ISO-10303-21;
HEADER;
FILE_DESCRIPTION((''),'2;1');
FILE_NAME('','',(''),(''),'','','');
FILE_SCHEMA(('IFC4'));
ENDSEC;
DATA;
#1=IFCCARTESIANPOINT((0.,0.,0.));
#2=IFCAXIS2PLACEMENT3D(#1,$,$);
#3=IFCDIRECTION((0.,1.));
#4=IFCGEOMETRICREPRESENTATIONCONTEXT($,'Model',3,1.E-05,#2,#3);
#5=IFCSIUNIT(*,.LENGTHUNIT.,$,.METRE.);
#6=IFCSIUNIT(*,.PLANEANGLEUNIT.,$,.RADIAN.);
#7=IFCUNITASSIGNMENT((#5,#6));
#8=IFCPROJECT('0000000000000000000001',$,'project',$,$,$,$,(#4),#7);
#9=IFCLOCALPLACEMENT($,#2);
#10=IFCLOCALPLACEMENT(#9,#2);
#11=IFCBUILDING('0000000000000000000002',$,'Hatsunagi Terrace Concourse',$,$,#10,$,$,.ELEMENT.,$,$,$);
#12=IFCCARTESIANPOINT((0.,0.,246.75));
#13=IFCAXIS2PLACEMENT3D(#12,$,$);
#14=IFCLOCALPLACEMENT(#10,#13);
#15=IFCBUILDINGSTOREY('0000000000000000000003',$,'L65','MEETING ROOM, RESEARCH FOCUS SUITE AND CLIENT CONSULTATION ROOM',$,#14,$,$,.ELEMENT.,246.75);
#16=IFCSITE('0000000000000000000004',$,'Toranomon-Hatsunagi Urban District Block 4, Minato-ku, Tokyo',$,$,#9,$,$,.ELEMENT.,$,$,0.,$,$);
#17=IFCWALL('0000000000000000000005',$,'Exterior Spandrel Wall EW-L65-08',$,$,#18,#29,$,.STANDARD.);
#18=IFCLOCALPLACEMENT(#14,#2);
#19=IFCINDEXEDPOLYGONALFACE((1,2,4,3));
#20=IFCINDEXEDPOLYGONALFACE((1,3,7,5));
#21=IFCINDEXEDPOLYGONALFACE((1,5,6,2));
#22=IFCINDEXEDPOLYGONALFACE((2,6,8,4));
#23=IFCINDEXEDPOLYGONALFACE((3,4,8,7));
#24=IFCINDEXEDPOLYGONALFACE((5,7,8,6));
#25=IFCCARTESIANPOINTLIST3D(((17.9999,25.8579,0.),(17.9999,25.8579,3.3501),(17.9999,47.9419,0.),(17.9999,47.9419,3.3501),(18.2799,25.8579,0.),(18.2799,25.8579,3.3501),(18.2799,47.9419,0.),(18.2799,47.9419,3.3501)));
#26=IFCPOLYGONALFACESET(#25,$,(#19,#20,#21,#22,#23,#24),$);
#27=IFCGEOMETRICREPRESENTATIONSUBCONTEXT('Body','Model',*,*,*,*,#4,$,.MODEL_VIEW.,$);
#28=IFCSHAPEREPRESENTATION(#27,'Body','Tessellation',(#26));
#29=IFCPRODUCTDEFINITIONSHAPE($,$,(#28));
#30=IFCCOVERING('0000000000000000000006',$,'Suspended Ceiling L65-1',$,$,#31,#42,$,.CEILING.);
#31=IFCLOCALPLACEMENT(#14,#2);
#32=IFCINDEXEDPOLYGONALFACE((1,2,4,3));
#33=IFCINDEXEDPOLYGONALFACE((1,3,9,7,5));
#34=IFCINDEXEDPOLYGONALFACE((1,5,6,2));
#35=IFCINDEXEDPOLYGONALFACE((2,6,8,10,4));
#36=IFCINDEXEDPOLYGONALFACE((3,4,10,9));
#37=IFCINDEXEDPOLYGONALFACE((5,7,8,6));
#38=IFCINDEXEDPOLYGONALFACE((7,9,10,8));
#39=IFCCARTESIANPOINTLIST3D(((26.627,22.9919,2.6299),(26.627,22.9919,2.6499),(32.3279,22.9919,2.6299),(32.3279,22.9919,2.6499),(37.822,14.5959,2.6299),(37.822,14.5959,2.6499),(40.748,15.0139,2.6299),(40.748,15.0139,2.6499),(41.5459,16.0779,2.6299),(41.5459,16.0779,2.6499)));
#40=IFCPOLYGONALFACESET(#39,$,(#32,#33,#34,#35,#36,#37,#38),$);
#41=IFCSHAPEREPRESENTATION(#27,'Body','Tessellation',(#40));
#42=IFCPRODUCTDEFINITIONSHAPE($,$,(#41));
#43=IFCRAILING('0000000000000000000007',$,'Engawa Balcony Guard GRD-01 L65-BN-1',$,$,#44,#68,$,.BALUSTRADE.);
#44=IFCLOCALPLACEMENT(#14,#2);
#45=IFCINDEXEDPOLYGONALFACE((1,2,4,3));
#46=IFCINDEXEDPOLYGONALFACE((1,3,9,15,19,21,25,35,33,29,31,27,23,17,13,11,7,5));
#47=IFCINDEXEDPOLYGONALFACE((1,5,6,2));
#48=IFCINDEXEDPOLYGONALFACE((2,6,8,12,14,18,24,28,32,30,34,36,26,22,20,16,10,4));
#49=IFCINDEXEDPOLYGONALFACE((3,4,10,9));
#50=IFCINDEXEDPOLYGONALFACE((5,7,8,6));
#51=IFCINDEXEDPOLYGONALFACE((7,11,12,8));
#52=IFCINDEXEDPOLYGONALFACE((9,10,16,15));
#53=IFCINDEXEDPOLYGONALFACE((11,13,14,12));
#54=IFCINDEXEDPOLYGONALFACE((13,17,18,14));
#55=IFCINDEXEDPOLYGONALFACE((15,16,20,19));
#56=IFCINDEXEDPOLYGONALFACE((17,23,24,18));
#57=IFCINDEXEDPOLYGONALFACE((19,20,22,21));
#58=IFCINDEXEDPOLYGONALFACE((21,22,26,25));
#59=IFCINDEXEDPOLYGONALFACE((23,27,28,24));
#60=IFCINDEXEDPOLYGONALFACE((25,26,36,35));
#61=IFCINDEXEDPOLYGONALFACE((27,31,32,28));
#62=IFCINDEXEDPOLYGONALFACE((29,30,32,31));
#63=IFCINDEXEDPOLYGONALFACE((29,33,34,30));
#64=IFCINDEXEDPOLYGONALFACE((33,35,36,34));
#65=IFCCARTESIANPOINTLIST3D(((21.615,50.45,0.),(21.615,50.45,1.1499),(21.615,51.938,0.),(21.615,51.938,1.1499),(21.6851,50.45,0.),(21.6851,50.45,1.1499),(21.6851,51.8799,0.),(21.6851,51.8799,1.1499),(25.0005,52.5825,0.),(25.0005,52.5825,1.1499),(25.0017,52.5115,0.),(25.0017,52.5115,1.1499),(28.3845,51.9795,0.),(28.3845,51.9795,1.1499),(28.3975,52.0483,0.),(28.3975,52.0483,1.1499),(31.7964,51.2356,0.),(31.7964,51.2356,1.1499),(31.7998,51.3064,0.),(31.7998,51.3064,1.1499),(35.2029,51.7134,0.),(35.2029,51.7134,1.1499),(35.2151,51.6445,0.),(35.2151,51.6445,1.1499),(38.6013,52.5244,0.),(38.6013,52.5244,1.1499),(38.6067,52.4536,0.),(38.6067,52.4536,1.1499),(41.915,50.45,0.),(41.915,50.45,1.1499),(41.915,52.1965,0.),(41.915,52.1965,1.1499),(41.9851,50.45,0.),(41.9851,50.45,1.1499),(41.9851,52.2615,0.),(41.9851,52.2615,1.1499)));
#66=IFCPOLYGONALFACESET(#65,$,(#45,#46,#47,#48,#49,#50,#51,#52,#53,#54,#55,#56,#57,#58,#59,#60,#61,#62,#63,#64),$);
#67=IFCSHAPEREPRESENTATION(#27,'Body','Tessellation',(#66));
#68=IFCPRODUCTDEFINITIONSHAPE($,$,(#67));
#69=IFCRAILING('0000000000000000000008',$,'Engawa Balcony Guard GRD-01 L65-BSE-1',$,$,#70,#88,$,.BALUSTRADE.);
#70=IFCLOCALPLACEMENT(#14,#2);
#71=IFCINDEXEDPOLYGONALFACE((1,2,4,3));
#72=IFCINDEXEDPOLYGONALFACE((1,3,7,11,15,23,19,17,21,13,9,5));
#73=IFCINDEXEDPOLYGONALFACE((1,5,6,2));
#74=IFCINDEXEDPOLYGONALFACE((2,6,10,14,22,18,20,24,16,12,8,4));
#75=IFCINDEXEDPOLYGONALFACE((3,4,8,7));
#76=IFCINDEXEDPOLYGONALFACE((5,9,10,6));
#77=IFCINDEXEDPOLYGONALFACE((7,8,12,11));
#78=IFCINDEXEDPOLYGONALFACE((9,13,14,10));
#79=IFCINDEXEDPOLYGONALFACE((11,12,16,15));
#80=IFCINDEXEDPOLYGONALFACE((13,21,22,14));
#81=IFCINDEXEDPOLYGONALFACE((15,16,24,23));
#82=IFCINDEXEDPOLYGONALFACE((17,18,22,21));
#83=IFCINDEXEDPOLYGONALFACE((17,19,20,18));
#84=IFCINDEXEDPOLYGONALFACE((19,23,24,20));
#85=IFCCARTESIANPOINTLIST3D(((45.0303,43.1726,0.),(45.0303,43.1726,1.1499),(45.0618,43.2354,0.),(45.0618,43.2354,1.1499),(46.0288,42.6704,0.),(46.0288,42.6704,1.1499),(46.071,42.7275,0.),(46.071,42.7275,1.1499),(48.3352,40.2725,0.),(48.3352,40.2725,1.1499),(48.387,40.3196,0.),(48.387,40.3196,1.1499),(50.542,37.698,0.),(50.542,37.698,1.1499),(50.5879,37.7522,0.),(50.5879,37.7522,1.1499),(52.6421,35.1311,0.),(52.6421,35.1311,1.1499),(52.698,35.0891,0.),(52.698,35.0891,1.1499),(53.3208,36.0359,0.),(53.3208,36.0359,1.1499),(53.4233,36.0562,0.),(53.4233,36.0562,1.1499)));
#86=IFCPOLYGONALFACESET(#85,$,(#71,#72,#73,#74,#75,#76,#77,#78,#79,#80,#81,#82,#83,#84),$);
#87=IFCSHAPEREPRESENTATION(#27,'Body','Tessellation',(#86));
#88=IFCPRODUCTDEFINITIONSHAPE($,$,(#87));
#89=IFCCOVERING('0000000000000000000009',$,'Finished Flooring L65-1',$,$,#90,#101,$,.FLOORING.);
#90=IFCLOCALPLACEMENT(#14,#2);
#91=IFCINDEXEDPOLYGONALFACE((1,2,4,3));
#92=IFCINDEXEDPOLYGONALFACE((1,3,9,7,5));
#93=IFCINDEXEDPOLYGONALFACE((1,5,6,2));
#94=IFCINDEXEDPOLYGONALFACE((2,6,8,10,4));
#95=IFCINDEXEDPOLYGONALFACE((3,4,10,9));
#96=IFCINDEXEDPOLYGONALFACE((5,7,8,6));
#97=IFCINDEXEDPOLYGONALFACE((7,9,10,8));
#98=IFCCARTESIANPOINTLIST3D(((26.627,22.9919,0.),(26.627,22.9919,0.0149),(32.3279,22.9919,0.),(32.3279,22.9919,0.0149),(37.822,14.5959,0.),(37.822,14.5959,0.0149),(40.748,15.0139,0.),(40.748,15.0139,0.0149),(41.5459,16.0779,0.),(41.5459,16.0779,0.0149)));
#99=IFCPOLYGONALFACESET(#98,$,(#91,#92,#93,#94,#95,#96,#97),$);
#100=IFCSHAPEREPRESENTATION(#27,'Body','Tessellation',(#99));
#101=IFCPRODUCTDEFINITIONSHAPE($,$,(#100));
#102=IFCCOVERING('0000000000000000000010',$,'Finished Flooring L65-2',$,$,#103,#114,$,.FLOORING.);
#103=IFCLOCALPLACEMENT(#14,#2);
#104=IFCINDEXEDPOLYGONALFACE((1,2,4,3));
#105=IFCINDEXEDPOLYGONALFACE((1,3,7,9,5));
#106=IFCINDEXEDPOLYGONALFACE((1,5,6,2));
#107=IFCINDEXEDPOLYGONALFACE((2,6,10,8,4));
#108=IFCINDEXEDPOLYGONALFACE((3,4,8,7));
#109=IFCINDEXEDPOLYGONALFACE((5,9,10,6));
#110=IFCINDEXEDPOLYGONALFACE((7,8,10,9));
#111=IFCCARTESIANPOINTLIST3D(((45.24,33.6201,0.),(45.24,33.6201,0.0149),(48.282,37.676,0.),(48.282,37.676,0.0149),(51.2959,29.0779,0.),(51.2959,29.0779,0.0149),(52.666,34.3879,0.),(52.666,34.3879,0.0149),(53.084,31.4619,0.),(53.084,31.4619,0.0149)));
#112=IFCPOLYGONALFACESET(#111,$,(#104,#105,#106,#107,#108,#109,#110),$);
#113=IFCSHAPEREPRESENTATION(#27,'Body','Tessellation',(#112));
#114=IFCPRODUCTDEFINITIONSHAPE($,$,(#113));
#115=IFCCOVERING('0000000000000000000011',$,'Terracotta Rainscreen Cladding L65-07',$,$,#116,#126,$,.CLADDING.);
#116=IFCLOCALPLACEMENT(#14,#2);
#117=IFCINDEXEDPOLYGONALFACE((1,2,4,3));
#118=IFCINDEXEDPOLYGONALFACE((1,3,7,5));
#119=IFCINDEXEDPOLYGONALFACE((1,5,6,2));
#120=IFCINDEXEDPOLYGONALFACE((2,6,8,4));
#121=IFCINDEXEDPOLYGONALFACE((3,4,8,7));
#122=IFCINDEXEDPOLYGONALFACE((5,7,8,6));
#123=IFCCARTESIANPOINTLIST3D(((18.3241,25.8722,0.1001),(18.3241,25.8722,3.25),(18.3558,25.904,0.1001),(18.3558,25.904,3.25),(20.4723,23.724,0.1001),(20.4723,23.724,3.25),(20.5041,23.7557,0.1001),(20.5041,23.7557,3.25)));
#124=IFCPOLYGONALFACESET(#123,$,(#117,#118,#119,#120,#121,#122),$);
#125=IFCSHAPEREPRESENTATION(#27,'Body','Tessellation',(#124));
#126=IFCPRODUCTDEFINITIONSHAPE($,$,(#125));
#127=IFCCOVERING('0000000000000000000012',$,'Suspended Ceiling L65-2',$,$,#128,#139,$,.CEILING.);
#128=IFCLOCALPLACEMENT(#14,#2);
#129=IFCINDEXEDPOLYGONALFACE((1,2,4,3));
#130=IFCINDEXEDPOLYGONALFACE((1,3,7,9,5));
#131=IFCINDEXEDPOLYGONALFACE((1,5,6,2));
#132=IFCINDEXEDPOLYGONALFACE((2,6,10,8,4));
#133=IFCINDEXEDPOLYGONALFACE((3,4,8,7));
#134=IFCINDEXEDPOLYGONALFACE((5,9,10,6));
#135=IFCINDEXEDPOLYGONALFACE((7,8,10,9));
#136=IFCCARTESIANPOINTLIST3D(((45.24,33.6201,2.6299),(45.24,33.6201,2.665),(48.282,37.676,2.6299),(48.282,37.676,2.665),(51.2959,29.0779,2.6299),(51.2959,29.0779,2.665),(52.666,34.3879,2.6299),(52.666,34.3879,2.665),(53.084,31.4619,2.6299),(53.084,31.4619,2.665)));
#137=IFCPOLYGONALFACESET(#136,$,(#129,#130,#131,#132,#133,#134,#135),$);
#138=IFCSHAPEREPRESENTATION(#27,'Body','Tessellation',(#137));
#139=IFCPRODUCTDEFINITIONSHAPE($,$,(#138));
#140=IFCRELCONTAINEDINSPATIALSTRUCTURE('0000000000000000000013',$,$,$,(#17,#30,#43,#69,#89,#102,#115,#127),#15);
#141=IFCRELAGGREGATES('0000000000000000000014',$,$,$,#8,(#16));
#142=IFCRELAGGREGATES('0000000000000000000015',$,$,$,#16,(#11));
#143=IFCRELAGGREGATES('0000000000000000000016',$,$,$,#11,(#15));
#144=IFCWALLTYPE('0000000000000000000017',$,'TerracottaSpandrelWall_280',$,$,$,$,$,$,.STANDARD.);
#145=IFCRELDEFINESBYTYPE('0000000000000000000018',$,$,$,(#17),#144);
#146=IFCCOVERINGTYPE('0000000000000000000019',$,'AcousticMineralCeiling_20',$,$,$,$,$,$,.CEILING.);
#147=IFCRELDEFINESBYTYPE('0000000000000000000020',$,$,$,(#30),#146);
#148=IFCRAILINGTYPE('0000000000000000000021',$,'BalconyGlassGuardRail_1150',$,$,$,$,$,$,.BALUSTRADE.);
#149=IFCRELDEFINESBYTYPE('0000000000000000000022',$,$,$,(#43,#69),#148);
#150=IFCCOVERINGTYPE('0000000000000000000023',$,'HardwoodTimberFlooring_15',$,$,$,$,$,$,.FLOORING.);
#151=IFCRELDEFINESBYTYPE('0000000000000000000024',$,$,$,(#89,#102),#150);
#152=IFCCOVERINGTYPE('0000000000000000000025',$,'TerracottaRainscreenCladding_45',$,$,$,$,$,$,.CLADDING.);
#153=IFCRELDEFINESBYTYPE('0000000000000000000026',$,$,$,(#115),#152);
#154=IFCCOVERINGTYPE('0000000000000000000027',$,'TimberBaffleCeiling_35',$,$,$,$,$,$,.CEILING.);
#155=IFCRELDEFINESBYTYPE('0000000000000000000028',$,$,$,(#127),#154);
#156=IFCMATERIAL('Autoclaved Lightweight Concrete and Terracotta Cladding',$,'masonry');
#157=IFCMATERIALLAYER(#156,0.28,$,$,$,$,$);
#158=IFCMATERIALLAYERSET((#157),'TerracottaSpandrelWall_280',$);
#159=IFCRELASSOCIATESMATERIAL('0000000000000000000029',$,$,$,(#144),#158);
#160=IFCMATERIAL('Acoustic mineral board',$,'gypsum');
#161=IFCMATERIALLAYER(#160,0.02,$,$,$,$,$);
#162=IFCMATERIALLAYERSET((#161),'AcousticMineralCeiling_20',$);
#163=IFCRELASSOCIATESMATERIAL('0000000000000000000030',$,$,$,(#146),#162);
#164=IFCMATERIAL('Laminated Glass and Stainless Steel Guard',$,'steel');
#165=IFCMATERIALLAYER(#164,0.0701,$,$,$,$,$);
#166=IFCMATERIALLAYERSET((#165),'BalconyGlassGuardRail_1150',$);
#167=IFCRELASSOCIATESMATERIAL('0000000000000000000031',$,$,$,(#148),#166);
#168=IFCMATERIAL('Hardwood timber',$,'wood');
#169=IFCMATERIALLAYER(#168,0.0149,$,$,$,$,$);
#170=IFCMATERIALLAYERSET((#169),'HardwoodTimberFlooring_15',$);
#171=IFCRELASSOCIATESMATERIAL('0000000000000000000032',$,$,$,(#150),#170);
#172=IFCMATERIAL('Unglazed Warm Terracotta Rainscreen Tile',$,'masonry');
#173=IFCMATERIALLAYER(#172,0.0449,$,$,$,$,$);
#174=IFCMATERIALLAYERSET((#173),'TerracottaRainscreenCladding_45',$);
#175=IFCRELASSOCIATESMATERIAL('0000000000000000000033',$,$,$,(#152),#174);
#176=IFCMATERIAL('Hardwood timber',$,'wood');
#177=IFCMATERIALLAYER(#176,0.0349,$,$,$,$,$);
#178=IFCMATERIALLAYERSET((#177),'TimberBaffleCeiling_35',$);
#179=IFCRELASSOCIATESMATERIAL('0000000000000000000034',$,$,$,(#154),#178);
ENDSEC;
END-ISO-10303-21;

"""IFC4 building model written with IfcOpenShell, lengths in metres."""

from ifc_helpers import new_model, si_unit, direction, frame, frame_2d, origin, origin_2d, place, context, subcontext, project, spatial, polyline, rectangle, outline, extrude, material, layer, layer_set, type_object, element, save


model = new_model("IFC4")

# Units and contexts
model_context = context("Model", 3, precision=1e-05, world=origin(), true_north=direction((0.0, 1.0)))
body_context = subcontext(model_context, "Body", "Model", "MODEL_VIEW")
ifc_project = project(units=[si_unit("LENGTHUNIT", "METRE"), si_unit("PLANEANGLEUNIT", "RADIAN")], contexts=[model_context])

# Site, building, storey
site_placement = place(None, origin())
site = spatial("IfcSite", under=ifc_project, at=site_placement, Name="Toranomon-Hatsunagi Urban District Block 4, Minato-ku, Tokyo", CompositionType="ELEMENT", RefElevation=0.0)
building_placement = place(site_placement, origin())
building = spatial("IfcBuilding", under=site, at=building_placement, Name="Hatsunagi Terrace Concourse", CompositionType="ELEMENT")
storey_placement = place(building_placement, frame((0.0, 0.0, 246.75)))
storey = spatial("IfcBuildingStorey", under=building, at=storey_placement, Name="L65", Description="MEETING ROOM, RESEARCH FOCUS SUITE AND CLIENT CONSULTATION ROOM", CompositionType="ELEMENT", Elevation=246.75)

# Wall
ifc_material_1 = material(Name="Autoclaved Lightweight Concrete and Terracotta Cladding", Category="masonry")
ifc_layer_1 = layer(ifc_material_1, 0.28)
ifc_layer_set_1 = layer_set([ifc_layer_1], Name="TerracottaSpandrelWall_280")
wall_type_1 = type_object("IfcWallType", Name="TerracottaSpandrelWall_280", PredefinedType="STANDARD", material=ifc_layer_set_1)
wall_1_placement = place(storey_placement, frame((18.1399, 25.8579, 0.0), z_axis=(0.0, 0.0, 1.0), x_axis=(0.0, 1.0, 0.0)))
element("IfcWall", 1, at=wall_1_placement, inside=storey, type_object=wall_type_1, Name="Exterior Spandrel Wall EW-L65-08", PredefinedType="STANDARD", context=body_context, shape_type="SweptSolid", body=[
    extrude(rectangle(XDim=22.084, YDim=0.28, at=frame_2d((11.042, 0.0))), origin(), (0.0, 0.0, 1.0), 3.3501),
])

# Covering
ifc_material_2 = material(Name="Acoustic mineral board", Category="gypsum")
ifc_layer_2 = layer(ifc_material_2, 0.02)
ifc_layer_set_2 = layer_set([ifc_layer_2], Name="AcousticMineralCeiling_20")
covering_type_1 = type_object("IfcCoveringType", Name="AcousticMineralCeiling_20", PredefinedType="CEILING", material=ifc_layer_set_2)
covering_1_placement = place(storey_placement, frame((0.0, 0.0, 2.6299)))
element("IfcCovering", 2, at=covering_1_placement, inside=storey, type_object=covering_type_1, Name="Suspended Ceiling L65-1", PredefinedType="CEILING", context=body_context, shape_type="SweptSolid", body=[
    extrude(outline(polyline([(26.627, 22.9919), (37.822, 14.5959), (40.748, 15.0139), (41.5459, 16.0779), (32.3279, 22.9919), (26.627, 22.9919)])), origin(), (0.0, 0.0, 1.0), 0.02),
])

# Railings
ifc_material_3 = material(Name="Laminated Glass and Stainless Steel Guard", Category="steel")
ifc_layer_3 = layer(ifc_material_3, 0.0701)
ifc_layer_set_3 = layer_set([ifc_layer_3], Name="BalconyGlassGuardRail_1150")
railing_type = type_object("IfcRailingType", Name="BalconyGlassGuardRail_1150", PredefinedType="BALUSTRADE", material=ifc_layer_set_3)
railing_1_placement = place(storey_placement, origin())
element("IfcRailing", 3, at=railing_1_placement, inside=storey, type_object=railing_type, Name="Engawa Balcony Guard GRD-01 L65-BN-1", PredefinedType="BALUSTRADE", context=body_context, shape_type="SweptSolid", body=[
    extrude(outline(polyline([(21.615, 50.45), (21.6851, 50.45), (21.6851, 51.8799), (25.0017, 52.5115), (28.3845, 51.9795), (31.7964, 51.2356), (35.2151, 51.6445), (38.6067, 52.4536), (41.915, 52.1965), (41.915, 50.45), (41.9851, 50.45), (41.9851, 52.2615), (38.6013, 52.5244), (35.2029, 51.7134), (31.7998, 51.3064), (28.3975, 52.0483), (25.0005, 52.5825), (21.615, 51.938), (21.615, 50.45)])), origin(), (0.0, 0.0, 1.0), 1.1499),
])
railing_2_placement = place(storey_placement, origin())
element("IfcRailing", 4, at=railing_2_placement, inside=storey, type_object=railing_type, Name="Engawa Balcony Guard GRD-01 L65-BSE-1", PredefinedType="BALUSTRADE", context=body_context, shape_type="SweptSolid", body=[
    extrude(outline(polyline([(45.0618, 43.2354), (45.0303, 43.1726), (46.0288, 42.6704), (48.3352, 40.2725), (50.542, 37.698), (53.3208, 36.0359), (52.6421, 35.1311), (52.698, 35.0891), (53.4233, 36.0562), (50.5879, 37.7522), (48.387, 40.3196), (46.071, 42.7275), (45.0618, 43.2354)])), origin(), (0.0, 0.0, 1.0), 1.1499),
])

# Coverings
ifc_material_4 = material(Name="Hardwood timber", Category="wood")
ifc_layer_4 = layer(ifc_material_4, 0.0149)
ifc_layer_set_4 = layer_set([ifc_layer_4], Name="HardwoodTimberFlooring_15")
covering_type_2 = type_object("IfcCoveringType", Name="HardwoodTimberFlooring_15", PredefinedType="FLOORING", material=ifc_layer_set_4)
covering_2_placement = place(storey_placement, origin())
element("IfcCovering", 5, at=covering_2_placement, inside=storey, type_object=covering_type_2, Name="Finished Flooring L65-1", PredefinedType="FLOORING", context=body_context, shape_type="SweptSolid", body=[
    extrude(outline(polyline([(26.627, 22.9919), (37.822, 14.5959), (40.748, 15.0139), (41.5459, 16.0779), (32.3279, 22.9919), (26.627, 22.9919)])), origin(), (0.0, 0.0, 1.0), 0.0149),
])
covering_3_placement = place(storey_placement, origin())
element("IfcCovering", 6, at=covering_3_placement, inside=storey, type_object=covering_type_2, Name="Finished Flooring L65-2", PredefinedType="FLOORING", context=body_context, shape_type="SweptSolid", body=[
    extrude(outline(polyline([(52.666, 34.3879), (48.282, 37.676), (45.24, 33.6201), (51.2959, 29.0779), (53.084, 31.4619), (52.666, 34.3879)])), origin(), (0.0, 0.0, 1.0), 0.0149),
])
ifc_material_5 = material(Name="Unglazed Warm Terracotta Rainscreen Tile", Category="masonry")
ifc_layer_5 = layer(ifc_material_5, 0.0449)
ifc_layer_set_5 = layer_set([ifc_layer_5], Name="TerracottaRainscreenCladding_45")
covering_type_3 = type_object("IfcCoveringType", Name="TerracottaRainscreenCladding_45", PredefinedType="CLADDING", material=ifc_layer_set_5)
covering_4_placement = place(storey_placement, frame((19.4141, 24.814, 0.1001), z_axis=(0.0, 0.0, 1.0), x_axis=(-0.707107, 0.707107, 0.0)))
element("IfcCovering", 7, at=covering_4_placement, inside=storey, type_object=covering_type_3, Name="Terracotta Rainscreen Cladding L65-07", PredefinedType="CLADDING", context=body_context, shape_type="SweptSolid", body=[
    extrude(rectangle(XDim=3.0381, YDim=0.0449, at=origin_2d()), origin(), (0.0, 0.0, 1.0), 3.1499),
])
ifc_material_6 = material(Name="Hardwood timber", Category="wood")
ifc_layer_6 = layer(ifc_material_6, 0.0349)
ifc_layer_set_6 = layer_set([ifc_layer_6], Name="TimberBaffleCeiling_35")
covering_type_4 = type_object("IfcCoveringType", Name="TimberBaffleCeiling_35", PredefinedType="CEILING", material=ifc_layer_set_6)
covering_5_placement = place(storey_placement, frame((0.0, 0.0, 2.6299)))
element("IfcCovering", 8, at=covering_5_placement, inside=storey, type_object=covering_type_4, Name="Suspended Ceiling L65-2", PredefinedType="CEILING", context=body_context, shape_type="SweptSolid", body=[
    extrude(outline(polyline([(52.666, 34.3879), (48.282, 37.676), (45.24, 33.6201), (51.2959, 29.0779), (53.084, 31.4619), (52.666, 34.3879)])), origin(), (0.0, 0.0, 1.0), 0.0352),
])

save(model, "model.ifc")
